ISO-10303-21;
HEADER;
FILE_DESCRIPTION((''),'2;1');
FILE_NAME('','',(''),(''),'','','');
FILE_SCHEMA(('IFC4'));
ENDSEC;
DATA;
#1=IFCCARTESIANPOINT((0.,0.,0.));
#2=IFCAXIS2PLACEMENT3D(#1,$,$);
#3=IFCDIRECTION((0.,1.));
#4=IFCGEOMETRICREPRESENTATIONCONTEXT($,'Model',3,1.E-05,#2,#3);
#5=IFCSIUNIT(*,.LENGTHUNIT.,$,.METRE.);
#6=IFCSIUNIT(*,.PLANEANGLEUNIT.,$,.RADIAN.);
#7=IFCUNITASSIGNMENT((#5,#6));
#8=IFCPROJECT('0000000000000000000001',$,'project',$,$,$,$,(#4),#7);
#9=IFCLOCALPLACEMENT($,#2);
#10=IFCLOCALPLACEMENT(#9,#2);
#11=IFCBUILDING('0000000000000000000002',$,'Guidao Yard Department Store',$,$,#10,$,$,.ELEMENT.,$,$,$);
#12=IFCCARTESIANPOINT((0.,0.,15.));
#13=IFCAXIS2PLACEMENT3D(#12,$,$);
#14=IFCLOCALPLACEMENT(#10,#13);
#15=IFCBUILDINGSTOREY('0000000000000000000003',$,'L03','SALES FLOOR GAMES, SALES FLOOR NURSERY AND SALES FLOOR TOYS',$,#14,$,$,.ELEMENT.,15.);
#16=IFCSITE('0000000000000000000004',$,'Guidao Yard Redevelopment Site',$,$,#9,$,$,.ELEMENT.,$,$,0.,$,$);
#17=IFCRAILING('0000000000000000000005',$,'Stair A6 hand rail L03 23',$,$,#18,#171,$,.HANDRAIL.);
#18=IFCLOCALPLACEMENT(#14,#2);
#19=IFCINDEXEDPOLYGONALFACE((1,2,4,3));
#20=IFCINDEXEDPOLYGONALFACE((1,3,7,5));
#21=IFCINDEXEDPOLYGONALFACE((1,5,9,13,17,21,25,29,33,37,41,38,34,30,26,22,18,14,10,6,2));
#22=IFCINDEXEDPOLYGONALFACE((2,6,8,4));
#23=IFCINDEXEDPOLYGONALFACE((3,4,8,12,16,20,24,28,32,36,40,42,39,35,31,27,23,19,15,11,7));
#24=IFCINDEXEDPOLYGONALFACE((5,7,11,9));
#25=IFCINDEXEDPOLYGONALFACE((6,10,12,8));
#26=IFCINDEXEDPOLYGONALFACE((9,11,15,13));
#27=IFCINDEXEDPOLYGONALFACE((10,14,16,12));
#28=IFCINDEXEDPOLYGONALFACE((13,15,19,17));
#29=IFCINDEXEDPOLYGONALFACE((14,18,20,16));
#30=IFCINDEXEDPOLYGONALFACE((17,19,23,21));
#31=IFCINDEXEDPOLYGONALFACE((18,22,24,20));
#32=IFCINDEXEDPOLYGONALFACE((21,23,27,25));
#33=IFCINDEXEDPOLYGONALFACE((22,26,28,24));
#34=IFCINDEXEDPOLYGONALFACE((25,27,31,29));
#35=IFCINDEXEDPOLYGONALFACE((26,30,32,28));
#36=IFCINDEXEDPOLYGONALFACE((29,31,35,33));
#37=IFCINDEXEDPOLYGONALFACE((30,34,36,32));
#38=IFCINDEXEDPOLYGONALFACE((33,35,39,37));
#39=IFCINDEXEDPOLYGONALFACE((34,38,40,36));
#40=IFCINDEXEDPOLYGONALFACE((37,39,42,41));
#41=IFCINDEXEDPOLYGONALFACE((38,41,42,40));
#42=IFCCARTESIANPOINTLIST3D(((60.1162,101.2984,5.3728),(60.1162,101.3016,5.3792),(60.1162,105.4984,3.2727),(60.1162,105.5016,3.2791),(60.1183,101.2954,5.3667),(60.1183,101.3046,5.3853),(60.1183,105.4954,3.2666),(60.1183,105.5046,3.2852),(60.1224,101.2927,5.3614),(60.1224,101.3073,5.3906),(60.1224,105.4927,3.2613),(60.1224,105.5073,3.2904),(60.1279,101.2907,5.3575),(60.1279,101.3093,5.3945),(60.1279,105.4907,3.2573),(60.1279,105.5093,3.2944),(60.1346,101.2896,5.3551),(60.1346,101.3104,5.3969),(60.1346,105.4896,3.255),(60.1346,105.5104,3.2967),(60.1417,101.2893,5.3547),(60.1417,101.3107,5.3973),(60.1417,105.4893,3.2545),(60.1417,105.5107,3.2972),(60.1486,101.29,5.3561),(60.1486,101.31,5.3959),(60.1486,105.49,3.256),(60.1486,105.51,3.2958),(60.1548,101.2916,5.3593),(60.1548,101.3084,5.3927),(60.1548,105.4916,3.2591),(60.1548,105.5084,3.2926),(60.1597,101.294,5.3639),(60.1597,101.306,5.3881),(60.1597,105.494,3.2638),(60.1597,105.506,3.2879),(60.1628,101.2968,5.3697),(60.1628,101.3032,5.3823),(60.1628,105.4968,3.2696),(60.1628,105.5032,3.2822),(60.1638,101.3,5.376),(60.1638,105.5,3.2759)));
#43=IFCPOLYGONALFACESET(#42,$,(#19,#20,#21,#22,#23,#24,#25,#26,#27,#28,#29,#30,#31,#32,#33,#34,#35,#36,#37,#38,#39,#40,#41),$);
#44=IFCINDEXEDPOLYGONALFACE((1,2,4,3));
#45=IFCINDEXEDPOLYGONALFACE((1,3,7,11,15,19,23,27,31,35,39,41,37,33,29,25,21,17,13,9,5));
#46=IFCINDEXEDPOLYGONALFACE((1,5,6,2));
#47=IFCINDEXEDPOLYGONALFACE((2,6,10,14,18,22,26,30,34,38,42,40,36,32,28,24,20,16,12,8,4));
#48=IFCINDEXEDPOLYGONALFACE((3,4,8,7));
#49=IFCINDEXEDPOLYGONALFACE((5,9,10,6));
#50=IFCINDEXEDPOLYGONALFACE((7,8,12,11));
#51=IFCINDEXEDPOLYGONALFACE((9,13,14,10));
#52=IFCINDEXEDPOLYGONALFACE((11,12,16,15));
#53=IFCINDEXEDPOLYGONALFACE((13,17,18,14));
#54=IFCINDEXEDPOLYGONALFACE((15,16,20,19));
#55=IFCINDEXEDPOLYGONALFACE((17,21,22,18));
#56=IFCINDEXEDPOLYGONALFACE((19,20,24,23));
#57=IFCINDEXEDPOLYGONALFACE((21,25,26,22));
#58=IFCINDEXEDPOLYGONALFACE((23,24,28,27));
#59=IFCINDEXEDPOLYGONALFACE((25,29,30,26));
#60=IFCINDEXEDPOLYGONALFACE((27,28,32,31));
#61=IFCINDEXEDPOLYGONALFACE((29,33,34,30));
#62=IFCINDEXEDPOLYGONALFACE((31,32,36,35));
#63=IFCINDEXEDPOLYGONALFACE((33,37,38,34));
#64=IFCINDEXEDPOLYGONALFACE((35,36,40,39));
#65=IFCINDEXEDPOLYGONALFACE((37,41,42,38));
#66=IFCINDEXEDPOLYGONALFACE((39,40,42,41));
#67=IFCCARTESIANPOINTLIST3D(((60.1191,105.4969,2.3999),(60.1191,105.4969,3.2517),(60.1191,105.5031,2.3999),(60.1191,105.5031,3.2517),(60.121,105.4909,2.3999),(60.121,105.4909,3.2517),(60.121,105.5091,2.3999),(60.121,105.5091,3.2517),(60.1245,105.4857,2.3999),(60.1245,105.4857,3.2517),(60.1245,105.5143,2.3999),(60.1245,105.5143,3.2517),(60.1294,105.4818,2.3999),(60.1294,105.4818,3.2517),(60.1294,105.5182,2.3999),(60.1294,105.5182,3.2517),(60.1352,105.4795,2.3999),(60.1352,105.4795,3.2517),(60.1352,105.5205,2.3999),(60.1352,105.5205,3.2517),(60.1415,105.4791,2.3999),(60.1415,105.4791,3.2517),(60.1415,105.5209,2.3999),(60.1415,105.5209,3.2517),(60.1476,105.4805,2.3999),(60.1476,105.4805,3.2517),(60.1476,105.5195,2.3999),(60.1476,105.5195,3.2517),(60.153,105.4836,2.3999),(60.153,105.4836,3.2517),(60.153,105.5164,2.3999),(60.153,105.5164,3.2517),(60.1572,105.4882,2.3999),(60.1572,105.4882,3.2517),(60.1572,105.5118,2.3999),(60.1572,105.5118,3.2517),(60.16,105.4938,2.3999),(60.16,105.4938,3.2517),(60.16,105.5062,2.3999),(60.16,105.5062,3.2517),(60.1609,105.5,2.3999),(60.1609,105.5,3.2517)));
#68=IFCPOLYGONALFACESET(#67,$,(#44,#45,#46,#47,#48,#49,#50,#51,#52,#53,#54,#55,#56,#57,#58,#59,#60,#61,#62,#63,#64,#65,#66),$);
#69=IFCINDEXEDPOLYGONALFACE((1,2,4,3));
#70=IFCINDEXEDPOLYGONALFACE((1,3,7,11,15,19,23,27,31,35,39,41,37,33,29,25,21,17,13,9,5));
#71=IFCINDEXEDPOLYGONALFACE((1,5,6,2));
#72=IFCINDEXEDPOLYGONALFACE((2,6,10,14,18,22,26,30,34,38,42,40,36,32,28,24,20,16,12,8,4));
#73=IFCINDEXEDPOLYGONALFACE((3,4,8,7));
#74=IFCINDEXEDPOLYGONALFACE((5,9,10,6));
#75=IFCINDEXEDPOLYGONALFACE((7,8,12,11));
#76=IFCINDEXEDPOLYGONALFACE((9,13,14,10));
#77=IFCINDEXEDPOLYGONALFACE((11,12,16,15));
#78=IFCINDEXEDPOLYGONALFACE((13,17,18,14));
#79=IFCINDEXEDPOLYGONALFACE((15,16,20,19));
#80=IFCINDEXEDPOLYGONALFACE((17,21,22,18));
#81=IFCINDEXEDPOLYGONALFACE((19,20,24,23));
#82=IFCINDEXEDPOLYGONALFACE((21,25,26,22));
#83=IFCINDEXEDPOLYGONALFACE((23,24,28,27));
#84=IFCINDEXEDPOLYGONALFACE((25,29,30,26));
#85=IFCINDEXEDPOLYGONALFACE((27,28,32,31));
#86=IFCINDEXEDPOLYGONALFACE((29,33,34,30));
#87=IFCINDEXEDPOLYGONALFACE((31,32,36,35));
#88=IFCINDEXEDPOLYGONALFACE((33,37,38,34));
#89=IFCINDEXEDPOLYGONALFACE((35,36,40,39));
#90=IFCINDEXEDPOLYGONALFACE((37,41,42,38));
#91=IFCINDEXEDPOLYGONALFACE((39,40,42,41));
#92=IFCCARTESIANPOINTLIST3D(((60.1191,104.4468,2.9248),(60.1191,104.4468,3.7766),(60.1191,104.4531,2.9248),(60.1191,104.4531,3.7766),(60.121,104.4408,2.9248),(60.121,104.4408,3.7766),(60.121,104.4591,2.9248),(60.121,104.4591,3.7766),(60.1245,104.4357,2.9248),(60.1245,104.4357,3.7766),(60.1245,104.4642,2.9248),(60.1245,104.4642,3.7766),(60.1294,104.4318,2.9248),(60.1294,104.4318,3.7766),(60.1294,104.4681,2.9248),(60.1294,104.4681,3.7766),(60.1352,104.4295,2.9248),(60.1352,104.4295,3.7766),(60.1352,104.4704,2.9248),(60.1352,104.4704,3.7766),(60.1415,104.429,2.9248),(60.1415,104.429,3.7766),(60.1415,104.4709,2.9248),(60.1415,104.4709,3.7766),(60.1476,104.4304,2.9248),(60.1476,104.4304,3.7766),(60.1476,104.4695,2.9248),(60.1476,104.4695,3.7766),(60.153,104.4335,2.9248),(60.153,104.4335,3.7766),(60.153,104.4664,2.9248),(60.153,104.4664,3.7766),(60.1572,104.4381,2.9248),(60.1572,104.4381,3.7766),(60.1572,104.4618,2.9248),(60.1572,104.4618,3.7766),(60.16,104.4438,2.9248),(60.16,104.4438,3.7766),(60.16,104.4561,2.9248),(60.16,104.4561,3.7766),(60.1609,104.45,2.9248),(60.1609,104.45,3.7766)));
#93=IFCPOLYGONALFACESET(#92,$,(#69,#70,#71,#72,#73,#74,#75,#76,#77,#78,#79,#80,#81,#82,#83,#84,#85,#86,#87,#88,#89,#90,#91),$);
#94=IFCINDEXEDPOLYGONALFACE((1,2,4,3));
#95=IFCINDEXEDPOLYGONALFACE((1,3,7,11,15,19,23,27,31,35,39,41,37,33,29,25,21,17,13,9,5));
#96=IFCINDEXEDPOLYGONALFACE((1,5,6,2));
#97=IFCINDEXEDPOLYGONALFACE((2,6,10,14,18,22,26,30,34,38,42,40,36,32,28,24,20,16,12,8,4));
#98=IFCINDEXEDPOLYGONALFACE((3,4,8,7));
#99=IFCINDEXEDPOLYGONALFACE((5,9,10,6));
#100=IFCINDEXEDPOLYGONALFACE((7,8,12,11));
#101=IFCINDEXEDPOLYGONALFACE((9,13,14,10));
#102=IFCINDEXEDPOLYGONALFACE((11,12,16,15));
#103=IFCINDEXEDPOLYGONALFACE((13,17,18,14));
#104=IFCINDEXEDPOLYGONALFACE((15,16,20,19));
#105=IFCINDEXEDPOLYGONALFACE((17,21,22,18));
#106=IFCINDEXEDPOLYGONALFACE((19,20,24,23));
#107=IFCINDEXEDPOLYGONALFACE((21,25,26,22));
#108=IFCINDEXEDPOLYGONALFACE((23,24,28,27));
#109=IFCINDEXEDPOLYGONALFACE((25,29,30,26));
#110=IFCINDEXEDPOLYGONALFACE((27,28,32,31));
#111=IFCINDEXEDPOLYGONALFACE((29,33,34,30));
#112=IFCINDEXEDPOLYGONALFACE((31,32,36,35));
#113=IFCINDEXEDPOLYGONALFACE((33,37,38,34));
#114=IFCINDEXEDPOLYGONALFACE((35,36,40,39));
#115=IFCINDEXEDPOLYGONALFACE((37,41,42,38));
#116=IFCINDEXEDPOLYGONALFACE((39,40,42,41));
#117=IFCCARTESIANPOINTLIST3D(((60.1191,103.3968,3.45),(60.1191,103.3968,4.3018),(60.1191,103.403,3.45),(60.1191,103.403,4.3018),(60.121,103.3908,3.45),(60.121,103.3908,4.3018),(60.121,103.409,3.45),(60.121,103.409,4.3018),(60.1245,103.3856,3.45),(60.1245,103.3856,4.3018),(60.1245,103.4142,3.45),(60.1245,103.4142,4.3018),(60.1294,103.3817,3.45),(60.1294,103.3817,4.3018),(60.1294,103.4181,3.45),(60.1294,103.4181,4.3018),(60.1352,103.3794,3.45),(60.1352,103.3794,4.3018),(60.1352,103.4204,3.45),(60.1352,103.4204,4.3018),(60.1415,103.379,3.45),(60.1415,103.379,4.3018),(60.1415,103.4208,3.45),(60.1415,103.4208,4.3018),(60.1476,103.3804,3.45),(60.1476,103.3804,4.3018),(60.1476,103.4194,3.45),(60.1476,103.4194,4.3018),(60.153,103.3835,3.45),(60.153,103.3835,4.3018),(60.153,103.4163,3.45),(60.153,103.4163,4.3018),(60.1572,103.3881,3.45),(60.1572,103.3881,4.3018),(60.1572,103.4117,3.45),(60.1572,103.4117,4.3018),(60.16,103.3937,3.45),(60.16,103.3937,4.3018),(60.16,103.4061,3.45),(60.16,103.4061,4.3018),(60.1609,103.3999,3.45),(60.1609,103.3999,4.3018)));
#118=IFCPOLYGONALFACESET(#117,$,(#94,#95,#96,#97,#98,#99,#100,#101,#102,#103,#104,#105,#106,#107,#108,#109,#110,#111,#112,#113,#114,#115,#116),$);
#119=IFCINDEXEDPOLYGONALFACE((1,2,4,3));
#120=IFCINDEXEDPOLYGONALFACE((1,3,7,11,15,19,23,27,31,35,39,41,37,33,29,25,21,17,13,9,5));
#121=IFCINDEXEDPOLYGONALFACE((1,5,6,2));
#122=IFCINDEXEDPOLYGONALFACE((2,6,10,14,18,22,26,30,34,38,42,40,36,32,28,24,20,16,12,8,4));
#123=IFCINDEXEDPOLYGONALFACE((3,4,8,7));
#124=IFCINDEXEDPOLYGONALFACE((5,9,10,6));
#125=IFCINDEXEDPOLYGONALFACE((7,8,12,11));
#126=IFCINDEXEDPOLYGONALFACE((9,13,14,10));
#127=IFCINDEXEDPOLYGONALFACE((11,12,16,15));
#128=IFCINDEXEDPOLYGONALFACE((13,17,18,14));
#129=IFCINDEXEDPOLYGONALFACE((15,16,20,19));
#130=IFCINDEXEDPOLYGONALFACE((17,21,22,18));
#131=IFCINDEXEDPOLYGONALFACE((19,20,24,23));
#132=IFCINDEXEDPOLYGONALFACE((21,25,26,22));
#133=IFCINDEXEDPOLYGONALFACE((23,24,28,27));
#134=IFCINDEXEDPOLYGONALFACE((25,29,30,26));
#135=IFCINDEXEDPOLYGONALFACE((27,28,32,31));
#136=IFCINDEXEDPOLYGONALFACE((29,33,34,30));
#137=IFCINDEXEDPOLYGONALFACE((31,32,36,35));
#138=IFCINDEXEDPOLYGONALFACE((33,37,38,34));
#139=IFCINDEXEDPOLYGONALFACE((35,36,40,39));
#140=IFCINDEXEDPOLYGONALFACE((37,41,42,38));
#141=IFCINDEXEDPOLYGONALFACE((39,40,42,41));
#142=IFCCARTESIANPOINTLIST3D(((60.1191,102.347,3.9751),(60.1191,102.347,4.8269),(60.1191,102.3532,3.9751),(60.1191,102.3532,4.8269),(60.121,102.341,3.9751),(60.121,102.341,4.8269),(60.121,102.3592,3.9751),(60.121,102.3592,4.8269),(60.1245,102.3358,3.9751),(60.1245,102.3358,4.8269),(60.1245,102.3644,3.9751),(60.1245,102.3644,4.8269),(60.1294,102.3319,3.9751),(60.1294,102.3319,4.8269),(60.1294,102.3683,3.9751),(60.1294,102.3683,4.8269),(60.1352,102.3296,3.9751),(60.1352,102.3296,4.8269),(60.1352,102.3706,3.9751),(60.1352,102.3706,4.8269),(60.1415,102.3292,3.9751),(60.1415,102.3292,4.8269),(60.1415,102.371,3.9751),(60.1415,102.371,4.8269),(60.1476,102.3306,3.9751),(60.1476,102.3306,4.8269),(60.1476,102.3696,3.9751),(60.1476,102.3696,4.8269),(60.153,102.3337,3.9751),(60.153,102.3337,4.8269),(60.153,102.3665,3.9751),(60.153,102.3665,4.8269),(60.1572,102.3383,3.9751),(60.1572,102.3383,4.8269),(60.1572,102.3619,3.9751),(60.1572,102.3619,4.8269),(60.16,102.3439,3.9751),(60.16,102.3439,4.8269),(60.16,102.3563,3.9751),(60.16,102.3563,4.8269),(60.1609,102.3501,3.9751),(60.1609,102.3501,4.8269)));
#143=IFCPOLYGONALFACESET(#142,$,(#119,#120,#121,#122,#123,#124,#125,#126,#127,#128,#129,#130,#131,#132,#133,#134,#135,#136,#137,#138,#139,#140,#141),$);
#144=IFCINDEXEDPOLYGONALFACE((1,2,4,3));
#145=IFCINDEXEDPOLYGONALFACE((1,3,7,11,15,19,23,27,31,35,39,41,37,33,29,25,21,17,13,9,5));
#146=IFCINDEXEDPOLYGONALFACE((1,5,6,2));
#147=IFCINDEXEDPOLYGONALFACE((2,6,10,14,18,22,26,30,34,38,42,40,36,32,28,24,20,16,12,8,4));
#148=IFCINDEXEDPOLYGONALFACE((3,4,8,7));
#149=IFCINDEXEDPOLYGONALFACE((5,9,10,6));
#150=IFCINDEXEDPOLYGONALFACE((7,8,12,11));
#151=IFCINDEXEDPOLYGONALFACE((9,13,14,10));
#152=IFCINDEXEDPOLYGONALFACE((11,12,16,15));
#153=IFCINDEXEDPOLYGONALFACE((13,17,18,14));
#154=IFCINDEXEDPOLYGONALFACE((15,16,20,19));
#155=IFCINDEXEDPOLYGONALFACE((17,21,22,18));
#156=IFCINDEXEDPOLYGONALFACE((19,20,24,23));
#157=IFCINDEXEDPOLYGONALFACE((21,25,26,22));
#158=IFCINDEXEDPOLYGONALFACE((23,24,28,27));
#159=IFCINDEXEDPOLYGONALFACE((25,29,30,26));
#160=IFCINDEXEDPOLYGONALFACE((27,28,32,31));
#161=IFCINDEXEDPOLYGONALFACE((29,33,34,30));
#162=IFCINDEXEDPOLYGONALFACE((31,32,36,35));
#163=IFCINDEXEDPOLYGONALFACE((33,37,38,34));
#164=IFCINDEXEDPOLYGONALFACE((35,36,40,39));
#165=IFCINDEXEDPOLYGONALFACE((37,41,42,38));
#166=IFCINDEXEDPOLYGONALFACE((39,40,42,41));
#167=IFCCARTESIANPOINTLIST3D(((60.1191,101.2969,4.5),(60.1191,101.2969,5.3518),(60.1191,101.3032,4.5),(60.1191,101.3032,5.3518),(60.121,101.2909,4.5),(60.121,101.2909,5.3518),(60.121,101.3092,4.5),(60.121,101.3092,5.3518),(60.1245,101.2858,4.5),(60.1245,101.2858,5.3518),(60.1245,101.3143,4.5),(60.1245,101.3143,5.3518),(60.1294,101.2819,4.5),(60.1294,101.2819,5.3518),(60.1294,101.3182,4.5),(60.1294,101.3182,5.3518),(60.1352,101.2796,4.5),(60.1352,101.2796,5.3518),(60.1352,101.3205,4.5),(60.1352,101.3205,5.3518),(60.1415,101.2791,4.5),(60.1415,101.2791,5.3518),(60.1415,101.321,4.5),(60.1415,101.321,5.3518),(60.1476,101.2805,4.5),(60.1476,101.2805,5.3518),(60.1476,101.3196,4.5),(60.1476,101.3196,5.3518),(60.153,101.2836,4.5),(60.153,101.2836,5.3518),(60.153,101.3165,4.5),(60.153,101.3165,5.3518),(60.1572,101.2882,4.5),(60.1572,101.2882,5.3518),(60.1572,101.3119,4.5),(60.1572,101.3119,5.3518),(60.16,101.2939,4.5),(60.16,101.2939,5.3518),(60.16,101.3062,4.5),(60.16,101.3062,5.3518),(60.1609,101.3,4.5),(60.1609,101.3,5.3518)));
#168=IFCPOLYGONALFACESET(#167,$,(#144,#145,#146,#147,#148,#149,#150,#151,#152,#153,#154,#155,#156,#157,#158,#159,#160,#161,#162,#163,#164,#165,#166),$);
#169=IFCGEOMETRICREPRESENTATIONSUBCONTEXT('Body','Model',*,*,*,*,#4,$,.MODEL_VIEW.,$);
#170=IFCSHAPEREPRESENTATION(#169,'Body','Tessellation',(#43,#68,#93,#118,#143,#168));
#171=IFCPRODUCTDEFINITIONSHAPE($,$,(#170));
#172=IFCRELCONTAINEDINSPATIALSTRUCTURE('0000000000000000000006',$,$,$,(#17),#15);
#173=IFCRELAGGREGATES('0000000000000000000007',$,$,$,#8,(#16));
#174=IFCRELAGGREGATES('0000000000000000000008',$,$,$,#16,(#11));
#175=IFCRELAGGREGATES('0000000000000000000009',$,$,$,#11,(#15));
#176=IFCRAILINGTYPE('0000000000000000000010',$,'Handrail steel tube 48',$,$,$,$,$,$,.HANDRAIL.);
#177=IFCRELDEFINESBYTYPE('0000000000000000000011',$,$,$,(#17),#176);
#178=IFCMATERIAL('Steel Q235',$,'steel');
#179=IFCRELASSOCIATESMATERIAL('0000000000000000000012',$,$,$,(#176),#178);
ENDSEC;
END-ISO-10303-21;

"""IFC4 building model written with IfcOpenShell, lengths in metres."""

from ifc_helpers import new_model, si_unit, direction, frame, origin, origin_2d, place, context, subcontext, project, spatial, circle, extrude, material, type_object, element, save


model = new_model("IFC4")

# Units and contexts
model_context = context("Model", 3, precision=1e-05, world=origin(), true_north=direction((0.0, 1.0)))
body_context = subcontext(model_context, "Body", "Model", "MODEL_VIEW")
ifc_project = project(units=[si_unit("LENGTHUNIT", "METRE"), si_unit("PLANEANGLEUNIT", "RADIAN")], contexts=[model_context])

# Site, building, storey
site_placement = place(None, origin())
site = spatial("IfcSite", under=ifc_project, at=site_placement, Name="Guidao Yard Redevelopment Site", CompositionType="ELEMENT", RefElevation=0.0)
building_placement = place(site_placement, origin())
building = spatial("IfcBuilding", under=site, at=building_placement, Name="Guidao Yard Department Store", CompositionType="ELEMENT")
storey_placement = place(building_placement, frame((0.0, 0.0, 15.0)))
storey = spatial("IfcBuildingStorey", under=building, at=storey_placement, Name="L03", Description="SALES FLOOR GAMES, SALES FLOOR NURSERY AND SALES FLOOR TOYS", CompositionType="ELEMENT", Elevation=15.0)

# Railing
ifc_material_1 = material(Name="Steel Q235", Category="steel")
railing_type_1 = type_object("IfcRailingType", Name="Handrail steel tube 48", PredefinedType="HANDRAIL", material=ifc_material_1)
for number, where, name in (
    (1, (60.1399, 105.5, 2.3999), "Stair A6 hand rail L03 23"),
):
    element("IfcRailing", number, at=place(storey_placement, frame(where)), inside=storey, type_object=railing_type_1, Name=name, PredefinedType="HANDRAIL", context=body_context, shape_type="SweptSolid", body=[
        extrude(circle(Radius=0.0239, at=origin_2d()), frame((0.0, 0.0, 0.876), z_axis=(0.0, -0.894417, 0.447234), x_axis=(1.0, 0.0, 0.0)), (0.0, 0.0, 1.0), 4.6958),
        extrude(circle(Radius=0.021, at=origin_2d()), origin(), (0.0, 0.0, 1.0), 0.8518),
        extrude(circle(Radius=0.021, at=origin_2d()), frame((0.0, -1.05, 0.5249)), (0.0, 0.0, 1.0), 0.8518),
        extrude(circle(Radius=0.021, at=origin_2d()), frame((0.0, -2.1001, 1.05)), (0.0, 0.0, 1.0), 0.8518),
        extrude(circle(Radius=0.021, at=origin_2d()), frame((0.0, -3.1499, 1.5752)), (0.0, 0.0, 1.0), 0.8518),
        extrude(circle(Radius=0.021, at=origin_2d()), frame((0.0, -4.2, 2.1001)), (0.0, 0.0, 1.0), 0.8518),
    ])

save(model, "model.ifc")
